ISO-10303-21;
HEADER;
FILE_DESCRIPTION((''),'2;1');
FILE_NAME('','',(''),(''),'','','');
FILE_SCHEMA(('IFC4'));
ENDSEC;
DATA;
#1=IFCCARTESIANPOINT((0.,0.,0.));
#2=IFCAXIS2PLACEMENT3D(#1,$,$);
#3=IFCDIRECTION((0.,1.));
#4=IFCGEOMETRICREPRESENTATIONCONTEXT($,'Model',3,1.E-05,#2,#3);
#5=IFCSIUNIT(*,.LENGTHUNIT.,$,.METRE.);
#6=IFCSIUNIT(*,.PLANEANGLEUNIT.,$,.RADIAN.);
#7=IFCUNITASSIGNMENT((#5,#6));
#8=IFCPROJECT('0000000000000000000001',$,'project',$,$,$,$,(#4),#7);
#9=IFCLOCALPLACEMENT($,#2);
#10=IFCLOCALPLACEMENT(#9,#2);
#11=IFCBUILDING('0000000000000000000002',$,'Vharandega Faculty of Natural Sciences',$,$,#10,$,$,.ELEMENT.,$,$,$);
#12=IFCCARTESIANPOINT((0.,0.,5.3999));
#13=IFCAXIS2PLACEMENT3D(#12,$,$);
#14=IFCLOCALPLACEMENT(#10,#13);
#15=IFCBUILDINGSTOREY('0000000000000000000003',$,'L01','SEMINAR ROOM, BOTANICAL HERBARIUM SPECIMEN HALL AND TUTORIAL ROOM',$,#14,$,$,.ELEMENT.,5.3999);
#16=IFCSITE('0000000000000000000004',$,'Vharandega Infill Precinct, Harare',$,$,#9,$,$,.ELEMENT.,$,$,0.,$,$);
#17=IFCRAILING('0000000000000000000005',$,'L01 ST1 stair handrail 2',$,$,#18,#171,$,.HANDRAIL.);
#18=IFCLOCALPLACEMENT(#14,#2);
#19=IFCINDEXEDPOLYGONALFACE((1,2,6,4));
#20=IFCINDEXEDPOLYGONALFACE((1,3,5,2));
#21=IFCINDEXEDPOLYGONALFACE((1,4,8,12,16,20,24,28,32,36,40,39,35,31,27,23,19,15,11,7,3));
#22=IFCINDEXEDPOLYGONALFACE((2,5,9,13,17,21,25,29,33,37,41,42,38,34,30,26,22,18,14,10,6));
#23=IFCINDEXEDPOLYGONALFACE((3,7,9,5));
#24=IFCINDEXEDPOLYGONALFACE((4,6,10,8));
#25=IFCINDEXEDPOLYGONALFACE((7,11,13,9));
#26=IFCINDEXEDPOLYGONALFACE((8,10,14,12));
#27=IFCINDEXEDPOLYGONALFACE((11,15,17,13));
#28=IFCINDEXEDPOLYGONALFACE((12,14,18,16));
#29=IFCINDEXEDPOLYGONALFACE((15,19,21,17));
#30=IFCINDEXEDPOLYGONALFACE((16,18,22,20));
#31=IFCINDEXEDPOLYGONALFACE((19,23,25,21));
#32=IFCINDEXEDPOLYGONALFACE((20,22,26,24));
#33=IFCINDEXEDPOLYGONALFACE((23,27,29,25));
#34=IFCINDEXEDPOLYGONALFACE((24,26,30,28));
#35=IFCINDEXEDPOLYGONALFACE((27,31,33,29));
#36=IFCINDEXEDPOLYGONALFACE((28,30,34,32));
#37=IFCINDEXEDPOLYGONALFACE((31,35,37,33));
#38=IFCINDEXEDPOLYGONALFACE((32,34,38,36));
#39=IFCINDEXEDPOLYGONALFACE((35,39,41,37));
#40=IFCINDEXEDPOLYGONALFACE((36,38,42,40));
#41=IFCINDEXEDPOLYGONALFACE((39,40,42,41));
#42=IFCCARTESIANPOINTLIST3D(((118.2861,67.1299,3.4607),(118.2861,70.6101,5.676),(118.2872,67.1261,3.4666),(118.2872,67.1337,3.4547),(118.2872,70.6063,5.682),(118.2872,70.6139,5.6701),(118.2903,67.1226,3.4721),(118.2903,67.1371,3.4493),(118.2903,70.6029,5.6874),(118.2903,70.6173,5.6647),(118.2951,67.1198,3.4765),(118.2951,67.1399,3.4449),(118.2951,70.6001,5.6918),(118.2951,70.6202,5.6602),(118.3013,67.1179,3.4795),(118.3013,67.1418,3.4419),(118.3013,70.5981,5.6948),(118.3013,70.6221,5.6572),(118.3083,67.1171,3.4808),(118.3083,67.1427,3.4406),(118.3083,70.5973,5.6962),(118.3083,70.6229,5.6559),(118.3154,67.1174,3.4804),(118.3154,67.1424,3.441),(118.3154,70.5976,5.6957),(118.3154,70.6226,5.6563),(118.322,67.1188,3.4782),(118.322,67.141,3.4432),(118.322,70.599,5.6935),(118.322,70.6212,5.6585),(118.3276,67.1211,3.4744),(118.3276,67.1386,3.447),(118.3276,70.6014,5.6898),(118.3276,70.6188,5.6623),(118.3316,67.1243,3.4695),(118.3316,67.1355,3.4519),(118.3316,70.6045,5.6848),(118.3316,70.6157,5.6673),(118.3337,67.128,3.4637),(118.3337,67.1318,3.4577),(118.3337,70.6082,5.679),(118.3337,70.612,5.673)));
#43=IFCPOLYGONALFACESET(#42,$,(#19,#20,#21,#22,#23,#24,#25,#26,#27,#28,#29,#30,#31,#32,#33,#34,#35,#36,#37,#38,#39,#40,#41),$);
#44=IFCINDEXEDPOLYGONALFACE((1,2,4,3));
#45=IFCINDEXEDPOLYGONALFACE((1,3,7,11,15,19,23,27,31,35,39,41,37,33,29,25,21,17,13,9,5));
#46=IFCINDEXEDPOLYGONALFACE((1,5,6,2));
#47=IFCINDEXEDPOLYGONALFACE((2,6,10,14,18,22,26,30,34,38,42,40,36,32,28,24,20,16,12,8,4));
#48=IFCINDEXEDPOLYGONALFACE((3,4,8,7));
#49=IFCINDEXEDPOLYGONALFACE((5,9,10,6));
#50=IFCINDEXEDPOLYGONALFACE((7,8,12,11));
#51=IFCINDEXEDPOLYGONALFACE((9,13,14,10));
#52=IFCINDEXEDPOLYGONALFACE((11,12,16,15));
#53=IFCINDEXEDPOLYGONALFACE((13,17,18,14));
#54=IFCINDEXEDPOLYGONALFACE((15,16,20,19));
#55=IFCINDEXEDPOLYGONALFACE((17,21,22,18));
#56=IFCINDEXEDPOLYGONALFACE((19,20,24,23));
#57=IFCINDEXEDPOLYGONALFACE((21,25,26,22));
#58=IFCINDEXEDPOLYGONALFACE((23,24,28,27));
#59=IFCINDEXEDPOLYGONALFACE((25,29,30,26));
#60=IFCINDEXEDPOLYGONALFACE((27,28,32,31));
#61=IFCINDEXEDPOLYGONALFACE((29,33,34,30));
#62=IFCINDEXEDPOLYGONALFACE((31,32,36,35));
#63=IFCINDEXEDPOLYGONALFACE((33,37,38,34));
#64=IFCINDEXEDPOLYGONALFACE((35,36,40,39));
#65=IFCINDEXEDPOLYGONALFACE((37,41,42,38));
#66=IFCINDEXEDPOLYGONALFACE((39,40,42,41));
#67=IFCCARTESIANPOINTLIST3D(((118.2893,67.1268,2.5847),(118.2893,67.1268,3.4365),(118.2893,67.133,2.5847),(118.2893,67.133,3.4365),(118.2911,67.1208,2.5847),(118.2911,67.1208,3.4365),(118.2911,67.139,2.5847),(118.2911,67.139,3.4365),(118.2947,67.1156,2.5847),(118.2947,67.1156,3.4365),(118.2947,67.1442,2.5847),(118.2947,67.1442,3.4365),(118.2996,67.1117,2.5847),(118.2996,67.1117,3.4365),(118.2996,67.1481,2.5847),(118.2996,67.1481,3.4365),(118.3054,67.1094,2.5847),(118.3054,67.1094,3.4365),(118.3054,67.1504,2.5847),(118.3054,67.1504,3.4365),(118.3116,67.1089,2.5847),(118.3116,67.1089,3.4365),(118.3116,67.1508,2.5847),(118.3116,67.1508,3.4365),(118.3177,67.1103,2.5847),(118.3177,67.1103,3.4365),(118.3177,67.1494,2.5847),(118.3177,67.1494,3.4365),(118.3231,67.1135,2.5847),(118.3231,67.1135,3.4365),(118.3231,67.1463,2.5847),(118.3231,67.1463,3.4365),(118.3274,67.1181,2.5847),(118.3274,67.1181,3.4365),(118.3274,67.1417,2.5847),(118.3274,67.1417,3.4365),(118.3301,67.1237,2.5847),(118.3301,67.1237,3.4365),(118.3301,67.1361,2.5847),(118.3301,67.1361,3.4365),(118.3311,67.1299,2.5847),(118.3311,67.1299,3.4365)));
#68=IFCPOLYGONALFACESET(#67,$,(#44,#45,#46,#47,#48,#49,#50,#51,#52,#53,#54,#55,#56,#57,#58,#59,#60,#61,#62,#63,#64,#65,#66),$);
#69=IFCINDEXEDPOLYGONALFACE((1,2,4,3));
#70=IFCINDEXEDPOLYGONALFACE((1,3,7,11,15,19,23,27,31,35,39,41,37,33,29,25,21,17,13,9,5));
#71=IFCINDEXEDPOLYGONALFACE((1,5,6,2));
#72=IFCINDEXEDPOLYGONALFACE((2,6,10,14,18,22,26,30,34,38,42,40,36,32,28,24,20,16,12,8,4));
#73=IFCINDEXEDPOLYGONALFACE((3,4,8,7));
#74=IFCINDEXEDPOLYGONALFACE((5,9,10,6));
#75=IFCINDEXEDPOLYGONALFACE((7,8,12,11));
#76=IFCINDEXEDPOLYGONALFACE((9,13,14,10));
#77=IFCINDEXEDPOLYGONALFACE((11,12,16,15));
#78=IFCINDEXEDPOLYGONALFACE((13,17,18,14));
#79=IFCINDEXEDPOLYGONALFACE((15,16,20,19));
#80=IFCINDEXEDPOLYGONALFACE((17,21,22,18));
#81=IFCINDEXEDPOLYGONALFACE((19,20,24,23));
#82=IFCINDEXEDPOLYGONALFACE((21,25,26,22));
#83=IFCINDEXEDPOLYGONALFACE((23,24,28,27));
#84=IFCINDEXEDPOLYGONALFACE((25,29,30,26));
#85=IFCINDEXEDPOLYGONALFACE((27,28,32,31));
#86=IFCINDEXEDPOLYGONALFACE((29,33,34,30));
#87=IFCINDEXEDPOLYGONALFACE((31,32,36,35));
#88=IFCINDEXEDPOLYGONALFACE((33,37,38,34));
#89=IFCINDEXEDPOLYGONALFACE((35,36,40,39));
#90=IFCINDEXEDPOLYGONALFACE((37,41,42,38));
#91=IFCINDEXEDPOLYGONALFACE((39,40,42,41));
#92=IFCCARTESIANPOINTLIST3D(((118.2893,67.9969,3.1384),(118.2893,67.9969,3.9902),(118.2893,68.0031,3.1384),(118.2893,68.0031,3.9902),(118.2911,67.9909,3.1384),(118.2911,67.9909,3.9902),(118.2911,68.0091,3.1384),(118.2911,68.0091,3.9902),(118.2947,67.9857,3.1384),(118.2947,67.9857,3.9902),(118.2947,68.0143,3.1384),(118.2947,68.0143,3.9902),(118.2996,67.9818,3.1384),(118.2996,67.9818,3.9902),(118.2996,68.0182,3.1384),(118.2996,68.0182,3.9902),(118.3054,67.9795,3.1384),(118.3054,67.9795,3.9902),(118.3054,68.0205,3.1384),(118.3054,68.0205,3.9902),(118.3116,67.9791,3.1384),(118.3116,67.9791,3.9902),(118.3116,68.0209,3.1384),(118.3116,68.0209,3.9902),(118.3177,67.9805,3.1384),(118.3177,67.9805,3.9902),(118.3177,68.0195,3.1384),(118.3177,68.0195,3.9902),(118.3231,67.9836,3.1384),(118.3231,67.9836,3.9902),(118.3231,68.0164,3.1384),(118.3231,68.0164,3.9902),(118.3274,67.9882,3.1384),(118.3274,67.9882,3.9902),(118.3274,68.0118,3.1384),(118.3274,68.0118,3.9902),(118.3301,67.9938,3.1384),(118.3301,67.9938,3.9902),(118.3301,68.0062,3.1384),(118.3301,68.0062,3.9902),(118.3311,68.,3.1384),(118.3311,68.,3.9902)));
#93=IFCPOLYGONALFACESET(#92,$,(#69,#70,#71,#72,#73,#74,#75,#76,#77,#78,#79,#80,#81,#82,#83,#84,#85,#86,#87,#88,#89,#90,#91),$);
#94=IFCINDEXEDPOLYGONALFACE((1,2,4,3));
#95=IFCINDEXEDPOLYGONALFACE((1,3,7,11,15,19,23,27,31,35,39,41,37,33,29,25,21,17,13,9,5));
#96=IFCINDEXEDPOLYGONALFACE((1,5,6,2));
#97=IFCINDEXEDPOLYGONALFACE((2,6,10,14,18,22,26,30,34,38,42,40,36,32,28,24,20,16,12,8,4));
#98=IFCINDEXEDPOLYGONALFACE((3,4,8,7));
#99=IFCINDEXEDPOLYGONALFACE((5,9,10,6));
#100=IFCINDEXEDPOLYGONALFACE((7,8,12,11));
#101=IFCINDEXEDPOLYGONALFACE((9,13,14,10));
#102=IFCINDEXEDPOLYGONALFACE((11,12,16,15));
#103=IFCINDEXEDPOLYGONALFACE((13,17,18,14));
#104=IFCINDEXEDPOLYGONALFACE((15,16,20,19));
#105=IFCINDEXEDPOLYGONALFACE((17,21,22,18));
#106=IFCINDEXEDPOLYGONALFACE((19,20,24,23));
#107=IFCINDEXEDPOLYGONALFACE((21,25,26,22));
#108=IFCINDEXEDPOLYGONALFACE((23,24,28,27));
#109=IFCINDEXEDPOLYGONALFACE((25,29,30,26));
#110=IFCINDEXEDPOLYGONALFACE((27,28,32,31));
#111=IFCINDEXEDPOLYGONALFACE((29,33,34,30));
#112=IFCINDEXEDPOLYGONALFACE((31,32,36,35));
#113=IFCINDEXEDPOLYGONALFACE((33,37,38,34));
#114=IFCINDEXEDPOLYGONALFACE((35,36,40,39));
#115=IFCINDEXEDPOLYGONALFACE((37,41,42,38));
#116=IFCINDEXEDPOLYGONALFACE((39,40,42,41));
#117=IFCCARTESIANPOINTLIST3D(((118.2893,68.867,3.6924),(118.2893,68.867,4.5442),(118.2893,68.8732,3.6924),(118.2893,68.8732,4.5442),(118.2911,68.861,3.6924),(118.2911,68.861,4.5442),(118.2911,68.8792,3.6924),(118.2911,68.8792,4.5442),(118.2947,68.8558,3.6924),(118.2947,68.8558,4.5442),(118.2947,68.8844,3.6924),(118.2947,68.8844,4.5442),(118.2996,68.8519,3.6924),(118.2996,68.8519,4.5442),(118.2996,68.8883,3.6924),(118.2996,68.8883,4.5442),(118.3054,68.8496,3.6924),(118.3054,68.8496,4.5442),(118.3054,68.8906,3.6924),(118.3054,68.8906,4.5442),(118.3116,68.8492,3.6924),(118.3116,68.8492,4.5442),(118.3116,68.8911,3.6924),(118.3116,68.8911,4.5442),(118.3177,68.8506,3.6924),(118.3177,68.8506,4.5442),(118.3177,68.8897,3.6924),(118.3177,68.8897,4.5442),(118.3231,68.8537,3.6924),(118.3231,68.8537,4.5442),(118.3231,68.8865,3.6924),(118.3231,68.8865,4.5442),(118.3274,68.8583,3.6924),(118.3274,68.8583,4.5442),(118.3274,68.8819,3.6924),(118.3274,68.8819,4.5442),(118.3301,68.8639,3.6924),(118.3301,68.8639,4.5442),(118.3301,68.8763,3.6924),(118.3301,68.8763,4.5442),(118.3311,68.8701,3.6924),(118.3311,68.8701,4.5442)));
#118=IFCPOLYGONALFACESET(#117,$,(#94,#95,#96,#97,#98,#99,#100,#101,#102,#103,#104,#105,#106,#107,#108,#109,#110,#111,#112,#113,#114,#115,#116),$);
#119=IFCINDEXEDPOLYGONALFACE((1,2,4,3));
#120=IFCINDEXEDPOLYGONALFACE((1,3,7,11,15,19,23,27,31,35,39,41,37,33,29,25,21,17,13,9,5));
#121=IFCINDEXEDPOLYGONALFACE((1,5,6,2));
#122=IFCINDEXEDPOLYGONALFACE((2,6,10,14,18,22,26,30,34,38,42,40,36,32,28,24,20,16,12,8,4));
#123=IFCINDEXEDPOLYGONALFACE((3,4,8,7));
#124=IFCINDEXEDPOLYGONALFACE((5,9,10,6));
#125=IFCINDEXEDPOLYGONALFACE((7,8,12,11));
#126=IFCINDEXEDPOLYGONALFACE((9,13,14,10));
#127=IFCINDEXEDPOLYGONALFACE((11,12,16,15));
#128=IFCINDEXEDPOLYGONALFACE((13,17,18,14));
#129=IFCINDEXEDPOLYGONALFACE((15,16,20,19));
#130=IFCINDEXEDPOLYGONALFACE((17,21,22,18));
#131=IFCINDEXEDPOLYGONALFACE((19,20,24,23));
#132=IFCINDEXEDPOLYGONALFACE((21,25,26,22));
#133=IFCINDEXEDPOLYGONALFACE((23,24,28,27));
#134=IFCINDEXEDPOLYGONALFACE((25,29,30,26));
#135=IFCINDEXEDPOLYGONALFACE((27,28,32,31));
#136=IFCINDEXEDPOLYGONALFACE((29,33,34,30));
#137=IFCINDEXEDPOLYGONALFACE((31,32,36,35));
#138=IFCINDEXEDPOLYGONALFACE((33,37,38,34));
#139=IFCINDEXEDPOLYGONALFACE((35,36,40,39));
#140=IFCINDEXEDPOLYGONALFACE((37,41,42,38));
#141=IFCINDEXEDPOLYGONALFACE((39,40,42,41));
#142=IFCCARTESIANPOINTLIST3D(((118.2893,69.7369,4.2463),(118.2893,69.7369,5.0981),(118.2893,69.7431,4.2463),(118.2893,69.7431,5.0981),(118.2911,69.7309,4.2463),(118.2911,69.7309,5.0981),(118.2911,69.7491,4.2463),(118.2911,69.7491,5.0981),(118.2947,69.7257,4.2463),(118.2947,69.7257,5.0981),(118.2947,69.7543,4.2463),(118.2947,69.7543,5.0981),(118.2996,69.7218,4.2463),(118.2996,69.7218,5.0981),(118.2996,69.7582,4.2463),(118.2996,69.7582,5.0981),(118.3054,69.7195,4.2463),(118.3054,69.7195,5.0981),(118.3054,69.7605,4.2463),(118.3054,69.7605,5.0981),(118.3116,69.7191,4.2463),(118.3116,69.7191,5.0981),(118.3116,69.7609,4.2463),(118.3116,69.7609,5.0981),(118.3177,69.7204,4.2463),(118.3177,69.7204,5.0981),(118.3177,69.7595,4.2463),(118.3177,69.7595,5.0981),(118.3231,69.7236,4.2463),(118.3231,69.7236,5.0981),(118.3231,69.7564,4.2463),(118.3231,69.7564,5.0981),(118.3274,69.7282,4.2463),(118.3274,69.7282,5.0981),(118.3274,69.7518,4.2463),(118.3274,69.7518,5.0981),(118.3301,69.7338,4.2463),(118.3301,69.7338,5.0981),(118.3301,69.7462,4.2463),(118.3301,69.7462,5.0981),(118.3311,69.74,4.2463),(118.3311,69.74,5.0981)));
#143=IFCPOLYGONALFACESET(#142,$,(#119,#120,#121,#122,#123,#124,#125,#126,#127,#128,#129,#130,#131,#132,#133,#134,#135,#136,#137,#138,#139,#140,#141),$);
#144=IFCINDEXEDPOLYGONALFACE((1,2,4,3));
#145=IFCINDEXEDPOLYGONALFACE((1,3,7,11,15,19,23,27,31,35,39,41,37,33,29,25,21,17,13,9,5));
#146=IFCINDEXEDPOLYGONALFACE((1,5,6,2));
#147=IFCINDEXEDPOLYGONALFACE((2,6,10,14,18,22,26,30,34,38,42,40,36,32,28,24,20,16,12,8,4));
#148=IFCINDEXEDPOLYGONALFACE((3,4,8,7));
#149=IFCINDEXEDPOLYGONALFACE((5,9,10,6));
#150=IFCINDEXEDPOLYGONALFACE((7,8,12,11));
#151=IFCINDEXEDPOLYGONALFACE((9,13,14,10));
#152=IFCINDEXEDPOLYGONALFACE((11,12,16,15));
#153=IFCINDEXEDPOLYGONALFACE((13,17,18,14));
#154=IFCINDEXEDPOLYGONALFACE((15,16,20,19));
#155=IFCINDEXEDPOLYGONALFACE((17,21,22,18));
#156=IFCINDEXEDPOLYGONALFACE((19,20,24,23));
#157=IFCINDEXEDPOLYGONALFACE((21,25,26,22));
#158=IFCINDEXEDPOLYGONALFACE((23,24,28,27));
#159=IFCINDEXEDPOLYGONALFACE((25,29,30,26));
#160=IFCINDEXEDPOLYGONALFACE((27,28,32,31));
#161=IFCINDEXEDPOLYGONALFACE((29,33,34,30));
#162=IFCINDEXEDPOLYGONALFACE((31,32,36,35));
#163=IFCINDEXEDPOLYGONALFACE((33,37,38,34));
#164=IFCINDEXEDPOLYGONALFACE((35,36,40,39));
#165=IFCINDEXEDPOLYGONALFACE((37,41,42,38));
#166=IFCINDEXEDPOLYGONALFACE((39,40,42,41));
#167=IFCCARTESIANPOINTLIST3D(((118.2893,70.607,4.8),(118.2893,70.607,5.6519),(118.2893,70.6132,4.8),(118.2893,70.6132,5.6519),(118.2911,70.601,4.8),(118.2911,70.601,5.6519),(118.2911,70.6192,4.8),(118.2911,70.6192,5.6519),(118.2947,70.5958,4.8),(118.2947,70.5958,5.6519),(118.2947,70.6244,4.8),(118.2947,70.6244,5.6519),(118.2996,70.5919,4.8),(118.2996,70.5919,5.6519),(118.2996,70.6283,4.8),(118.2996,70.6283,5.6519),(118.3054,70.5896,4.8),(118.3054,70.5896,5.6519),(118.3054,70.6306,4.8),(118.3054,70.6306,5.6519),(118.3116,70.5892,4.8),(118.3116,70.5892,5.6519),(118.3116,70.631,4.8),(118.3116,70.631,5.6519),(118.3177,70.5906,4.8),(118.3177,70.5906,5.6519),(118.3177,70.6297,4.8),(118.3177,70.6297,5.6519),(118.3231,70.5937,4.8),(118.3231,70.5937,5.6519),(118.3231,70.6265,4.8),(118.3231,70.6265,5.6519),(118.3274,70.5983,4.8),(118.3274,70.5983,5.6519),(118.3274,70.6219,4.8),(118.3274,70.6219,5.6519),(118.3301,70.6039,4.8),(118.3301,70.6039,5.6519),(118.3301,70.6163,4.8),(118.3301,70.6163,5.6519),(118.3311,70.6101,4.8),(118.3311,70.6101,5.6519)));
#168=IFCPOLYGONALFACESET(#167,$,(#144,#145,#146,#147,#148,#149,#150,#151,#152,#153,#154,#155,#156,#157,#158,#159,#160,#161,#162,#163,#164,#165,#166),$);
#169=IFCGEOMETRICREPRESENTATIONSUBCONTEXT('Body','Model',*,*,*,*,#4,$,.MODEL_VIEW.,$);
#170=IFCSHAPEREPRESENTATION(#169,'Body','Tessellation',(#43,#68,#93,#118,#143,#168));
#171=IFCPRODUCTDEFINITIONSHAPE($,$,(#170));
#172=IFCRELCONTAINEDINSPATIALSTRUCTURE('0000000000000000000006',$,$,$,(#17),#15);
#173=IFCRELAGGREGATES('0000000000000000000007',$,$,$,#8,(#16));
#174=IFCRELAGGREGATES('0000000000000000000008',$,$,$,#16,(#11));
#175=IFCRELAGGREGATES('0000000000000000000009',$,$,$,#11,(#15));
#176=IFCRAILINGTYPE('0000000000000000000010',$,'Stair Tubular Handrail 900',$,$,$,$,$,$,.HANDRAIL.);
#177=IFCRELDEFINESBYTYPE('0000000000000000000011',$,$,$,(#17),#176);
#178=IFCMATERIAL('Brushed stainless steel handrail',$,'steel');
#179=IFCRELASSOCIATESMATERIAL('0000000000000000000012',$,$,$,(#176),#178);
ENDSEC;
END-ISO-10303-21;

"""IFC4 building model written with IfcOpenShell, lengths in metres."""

from ifc_helpers import new_model, si_unit, direction, frame, origin, origin_2d, place, context, subcontext, project, spatial, circle, extrude, material, type_object, element, save


model = new_model("IFC4")

# Units and contexts
model_context = context("Model", 3, precision=1e-05, world=origin(), true_north=direction((0.0, 1.0)))
body_context = subcontext(model_context, "Body", "Model", "MODEL_VIEW")
ifc_project = project(units=[si_unit("LENGTHUNIT", "METRE"), si_unit("PLANEANGLEUNIT", "RADIAN")], contexts=[model_context])

# Site, building, storey
site_placement = place(None, origin())
site = spatial("IfcSite", under=ifc_project, at=site_placement, Name="Vharandega Infill Precinct, Harare", CompositionType="ELEMENT", RefElevation=0.0)
building_placement = place(site_placement, origin())
building = spatial("IfcBuilding", under=site, at=building_placement, Name="Vharandega Faculty of Natural Sciences", CompositionType="ELEMENT")
storey_placement = place(building_placement, frame((0.0, 0.0, 5.3999)))
storey = spatial("IfcBuildingStorey", under=building, at=storey_placement, Name="L01", Description="SEMINAR ROOM, BOTANICAL HERBARIUM SPECIMEN HALL AND TUTORIAL ROOM", CompositionType="ELEMENT", Elevation=5.3999)

# Railing
ifc_material_1 = material(Name="Brushed stainless steel handrail", Category="steel")
railing_type_1 = type_object("IfcRailingType", Name="Stair Tubular Handrail 900", PredefinedType="HANDRAIL", material=ifc_material_1)
railing_1_placement = place(storey_placement, frame((118.3101, 67.1299, 2.5847)))
element("IfcRailing", 1, at=railing_1_placement, inside=storey, type_object=railing_type_1, Name="L01 ST1 stair handrail 2", PredefinedType="HANDRAIL", context=body_context, shape_type="SweptSolid", body=[
    extrude(circle(Radius=0.0239, at=origin_2d()), frame((0.0, 0.0, 0.876), z_axis=(0.0, 0.843591, 0.536987), x_axis=(-1.0, 0.0, 0.0)), (0.0, 0.0, 1.0), 4.1255),
    extrude(circle(Radius=0.021, at=origin_2d()), origin(), (0.0, 0.0, 1.0), 0.8518),
    extrude(circle(Radius=0.021, at=origin_2d()), frame((0.0, 0.8701, 0.5537)), (0.0, 0.0, 1.0), 0.8518),
    extrude(circle(Radius=0.021, at=origin_2d()), frame((0.0, 1.7402, 1.1077)), (0.0, 0.0, 1.0), 0.8518),
    extrude(circle(Radius=0.021, at=origin_2d()), frame((0.0, 2.6101, 1.6616)), (0.0, 0.0, 1.0), 0.8518),
    extrude(circle(Radius=0.021, at=origin_2d()), frame((0.0, 3.4802, 2.2153)), (0.0, 0.0, 1.0), 0.8518),
])

save(model, "model.ifc")
